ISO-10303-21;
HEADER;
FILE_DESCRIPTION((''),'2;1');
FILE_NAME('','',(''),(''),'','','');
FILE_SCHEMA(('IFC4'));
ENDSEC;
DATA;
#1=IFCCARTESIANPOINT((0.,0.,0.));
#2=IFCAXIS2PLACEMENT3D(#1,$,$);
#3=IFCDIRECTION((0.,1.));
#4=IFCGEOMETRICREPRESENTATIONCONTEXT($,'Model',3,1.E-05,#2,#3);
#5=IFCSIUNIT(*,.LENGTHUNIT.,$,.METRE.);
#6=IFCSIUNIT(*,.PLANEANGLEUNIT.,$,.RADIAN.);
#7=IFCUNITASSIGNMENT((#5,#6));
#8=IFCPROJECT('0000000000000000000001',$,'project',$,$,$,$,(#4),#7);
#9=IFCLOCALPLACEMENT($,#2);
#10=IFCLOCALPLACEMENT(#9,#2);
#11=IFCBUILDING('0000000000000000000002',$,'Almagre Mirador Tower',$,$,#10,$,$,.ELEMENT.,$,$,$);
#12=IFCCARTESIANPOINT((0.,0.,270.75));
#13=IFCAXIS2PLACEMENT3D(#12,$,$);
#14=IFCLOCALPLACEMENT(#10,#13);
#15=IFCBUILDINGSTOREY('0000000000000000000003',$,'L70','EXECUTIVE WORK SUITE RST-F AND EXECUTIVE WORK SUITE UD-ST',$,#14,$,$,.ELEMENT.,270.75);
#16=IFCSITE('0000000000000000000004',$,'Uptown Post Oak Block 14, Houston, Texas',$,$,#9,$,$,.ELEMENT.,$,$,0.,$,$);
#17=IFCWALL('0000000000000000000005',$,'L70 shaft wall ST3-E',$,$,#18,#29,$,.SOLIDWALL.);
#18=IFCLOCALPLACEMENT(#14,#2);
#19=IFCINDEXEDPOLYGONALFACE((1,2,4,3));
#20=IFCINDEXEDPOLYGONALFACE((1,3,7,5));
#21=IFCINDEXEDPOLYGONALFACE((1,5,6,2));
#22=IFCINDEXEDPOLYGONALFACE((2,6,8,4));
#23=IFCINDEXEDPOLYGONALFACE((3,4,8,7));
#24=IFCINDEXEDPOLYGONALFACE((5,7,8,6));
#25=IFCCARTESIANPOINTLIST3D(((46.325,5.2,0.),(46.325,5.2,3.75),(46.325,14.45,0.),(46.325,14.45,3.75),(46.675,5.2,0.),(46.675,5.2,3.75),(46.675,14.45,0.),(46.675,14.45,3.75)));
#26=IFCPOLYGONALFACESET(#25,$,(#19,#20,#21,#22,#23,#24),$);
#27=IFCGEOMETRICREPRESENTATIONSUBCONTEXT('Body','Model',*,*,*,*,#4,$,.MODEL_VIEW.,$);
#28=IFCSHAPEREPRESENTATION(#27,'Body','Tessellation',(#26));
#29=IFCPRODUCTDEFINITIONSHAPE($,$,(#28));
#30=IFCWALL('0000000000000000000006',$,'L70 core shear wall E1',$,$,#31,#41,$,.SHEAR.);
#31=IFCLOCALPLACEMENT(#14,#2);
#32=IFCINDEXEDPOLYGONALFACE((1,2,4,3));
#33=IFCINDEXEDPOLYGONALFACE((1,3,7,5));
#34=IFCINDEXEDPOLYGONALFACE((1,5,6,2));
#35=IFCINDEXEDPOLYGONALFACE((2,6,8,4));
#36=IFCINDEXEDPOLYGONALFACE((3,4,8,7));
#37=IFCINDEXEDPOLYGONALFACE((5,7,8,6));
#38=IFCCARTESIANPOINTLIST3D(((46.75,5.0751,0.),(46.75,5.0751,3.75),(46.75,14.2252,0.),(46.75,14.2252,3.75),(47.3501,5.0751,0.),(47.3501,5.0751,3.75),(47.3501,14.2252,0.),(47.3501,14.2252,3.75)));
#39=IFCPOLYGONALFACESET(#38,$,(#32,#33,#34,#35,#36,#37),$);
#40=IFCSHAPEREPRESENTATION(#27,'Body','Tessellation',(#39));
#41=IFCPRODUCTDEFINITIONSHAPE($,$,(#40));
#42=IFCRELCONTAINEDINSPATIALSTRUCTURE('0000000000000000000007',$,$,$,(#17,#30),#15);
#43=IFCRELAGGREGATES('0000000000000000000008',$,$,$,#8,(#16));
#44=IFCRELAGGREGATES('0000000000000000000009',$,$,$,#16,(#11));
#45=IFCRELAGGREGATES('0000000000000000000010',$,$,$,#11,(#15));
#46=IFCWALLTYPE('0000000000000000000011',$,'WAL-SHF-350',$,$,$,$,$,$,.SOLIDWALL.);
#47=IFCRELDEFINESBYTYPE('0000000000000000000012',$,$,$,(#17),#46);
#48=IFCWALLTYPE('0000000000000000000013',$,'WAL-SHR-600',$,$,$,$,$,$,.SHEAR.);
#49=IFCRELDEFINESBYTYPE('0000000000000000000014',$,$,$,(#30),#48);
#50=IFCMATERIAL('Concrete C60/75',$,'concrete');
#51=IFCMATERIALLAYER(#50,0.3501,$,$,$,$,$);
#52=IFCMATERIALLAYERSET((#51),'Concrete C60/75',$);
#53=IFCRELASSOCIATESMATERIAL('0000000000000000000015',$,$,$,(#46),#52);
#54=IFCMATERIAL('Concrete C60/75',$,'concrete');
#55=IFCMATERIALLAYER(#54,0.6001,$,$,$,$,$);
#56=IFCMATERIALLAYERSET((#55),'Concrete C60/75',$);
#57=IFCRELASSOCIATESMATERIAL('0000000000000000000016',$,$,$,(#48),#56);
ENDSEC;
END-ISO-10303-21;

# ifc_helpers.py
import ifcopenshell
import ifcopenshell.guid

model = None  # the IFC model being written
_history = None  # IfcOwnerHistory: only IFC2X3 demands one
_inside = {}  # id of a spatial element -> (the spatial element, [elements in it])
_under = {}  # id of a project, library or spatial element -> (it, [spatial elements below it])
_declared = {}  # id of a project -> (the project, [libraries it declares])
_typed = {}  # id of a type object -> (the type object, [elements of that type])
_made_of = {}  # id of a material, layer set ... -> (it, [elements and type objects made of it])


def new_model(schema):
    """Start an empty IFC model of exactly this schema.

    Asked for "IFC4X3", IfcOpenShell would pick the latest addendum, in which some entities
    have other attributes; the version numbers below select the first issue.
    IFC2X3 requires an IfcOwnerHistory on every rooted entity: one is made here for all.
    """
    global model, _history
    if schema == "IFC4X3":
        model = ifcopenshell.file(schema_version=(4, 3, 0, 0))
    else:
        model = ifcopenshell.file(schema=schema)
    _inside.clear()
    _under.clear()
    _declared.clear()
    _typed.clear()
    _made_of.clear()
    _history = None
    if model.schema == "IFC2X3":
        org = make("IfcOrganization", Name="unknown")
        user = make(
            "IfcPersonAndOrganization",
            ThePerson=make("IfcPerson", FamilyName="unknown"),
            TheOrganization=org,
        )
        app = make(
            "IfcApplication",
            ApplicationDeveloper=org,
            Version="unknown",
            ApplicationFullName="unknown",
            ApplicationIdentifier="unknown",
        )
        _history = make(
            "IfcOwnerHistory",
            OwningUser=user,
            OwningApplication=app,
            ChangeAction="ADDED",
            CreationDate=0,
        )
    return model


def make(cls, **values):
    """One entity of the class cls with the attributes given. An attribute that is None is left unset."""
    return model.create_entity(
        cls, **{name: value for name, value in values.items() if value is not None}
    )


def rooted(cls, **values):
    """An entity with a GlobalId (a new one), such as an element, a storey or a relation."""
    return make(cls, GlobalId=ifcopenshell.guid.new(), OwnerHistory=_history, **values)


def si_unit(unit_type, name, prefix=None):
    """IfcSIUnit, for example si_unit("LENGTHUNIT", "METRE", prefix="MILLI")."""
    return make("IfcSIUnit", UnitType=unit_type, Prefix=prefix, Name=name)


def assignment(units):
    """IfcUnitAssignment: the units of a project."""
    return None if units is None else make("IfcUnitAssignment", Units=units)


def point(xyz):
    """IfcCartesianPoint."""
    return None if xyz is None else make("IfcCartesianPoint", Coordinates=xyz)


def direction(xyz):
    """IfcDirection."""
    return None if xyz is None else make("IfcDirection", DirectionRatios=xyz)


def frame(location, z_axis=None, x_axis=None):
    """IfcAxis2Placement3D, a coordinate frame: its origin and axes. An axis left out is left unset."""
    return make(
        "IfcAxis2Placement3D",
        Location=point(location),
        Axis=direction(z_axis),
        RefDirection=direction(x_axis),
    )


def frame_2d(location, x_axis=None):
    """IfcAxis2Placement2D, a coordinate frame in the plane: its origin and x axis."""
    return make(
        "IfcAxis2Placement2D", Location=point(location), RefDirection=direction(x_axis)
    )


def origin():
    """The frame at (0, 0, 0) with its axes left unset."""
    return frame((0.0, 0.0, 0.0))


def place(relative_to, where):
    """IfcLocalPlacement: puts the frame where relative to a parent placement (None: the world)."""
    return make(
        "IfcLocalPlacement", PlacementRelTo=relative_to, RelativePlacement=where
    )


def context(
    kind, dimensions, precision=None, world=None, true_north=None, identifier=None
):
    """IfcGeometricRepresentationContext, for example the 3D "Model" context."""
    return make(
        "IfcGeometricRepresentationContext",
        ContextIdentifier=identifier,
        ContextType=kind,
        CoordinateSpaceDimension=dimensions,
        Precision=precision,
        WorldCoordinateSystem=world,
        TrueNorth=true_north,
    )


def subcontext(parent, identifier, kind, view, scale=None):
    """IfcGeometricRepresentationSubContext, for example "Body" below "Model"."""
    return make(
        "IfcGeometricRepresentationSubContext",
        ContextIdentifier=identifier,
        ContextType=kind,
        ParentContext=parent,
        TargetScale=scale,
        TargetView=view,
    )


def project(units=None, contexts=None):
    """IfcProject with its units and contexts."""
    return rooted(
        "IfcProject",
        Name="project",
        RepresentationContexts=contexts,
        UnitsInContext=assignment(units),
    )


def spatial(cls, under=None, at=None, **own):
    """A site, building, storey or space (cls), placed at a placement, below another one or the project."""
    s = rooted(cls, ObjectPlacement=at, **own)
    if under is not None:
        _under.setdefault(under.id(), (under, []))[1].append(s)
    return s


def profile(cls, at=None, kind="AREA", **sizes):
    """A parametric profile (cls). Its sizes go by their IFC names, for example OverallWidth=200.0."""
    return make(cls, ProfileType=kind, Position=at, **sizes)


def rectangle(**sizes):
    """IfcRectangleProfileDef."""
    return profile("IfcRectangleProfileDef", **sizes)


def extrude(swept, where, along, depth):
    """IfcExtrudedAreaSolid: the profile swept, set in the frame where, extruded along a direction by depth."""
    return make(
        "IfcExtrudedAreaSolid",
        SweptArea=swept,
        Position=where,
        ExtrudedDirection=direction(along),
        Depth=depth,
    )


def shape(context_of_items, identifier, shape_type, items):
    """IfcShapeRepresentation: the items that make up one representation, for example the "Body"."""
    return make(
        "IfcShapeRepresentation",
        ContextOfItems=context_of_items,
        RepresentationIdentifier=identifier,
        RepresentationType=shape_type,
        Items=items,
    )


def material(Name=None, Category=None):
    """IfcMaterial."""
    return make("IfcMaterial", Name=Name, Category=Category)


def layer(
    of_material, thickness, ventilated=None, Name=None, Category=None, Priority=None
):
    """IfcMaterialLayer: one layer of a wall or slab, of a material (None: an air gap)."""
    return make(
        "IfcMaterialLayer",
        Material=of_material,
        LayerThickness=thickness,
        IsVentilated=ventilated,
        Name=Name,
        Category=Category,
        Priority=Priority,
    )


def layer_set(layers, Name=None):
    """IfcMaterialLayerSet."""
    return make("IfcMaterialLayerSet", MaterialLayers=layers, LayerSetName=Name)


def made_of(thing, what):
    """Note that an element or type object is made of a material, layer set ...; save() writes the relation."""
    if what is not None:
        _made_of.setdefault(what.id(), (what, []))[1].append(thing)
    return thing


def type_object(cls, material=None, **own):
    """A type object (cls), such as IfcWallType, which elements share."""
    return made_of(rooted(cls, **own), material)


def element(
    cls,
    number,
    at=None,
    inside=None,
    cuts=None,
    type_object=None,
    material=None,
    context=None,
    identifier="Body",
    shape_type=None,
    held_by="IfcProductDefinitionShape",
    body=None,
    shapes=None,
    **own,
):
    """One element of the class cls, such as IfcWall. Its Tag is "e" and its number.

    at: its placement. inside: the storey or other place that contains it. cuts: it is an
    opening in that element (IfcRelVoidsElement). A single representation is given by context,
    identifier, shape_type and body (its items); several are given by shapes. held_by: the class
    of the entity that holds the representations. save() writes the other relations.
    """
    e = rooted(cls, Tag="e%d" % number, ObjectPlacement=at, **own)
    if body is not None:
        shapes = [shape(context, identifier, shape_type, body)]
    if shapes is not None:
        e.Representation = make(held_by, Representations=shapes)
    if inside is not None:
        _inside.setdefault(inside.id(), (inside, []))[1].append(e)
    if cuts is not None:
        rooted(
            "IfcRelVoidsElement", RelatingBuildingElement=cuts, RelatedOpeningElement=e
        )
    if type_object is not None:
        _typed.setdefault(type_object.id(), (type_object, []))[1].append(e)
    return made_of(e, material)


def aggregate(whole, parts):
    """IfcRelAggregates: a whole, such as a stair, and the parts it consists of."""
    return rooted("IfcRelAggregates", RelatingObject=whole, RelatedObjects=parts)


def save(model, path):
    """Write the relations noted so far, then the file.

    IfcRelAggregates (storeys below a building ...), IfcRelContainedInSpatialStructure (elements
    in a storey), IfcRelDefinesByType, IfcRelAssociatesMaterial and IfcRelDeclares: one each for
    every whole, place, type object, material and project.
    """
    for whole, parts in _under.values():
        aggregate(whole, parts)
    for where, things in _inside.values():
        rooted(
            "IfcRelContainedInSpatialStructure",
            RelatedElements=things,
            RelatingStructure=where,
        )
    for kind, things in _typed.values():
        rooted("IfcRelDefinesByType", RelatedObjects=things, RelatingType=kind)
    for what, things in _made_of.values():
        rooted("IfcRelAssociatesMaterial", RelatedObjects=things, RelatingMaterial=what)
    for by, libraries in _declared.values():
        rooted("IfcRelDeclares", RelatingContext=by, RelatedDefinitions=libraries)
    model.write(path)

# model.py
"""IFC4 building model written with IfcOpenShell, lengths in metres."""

from ifc_helpers import new_model, si_unit, direction, frame, frame_2d, origin, place, context, subcontext, project, spatial, rectangle, extrude, material, layer, layer_set, type_object, element, save


model = new_model("IFC4")

# Units and contexts
model_context = context("Model", 3, precision=1e-05, world=origin(), true_north=direction((0.0, 1.0)))
body_context = subcontext(model_context, "Body", "Model", "MODEL_VIEW")
ifc_project = project(units=[si_unit("LENGTHUNIT", "METRE"), si_unit("PLANEANGLEUNIT", "RADIAN")], contexts=[model_context])

# Site, building, storey
site_placement = place(None, origin())
site = spatial("IfcSite", under=ifc_project, at=site_placement, Name="Uptown Post Oak Block 14, Houston, Texas", CompositionType="ELEMENT", RefElevation=0.0)
building_placement = place(site_placement, origin())
building = spatial("IfcBuilding", under=site, at=building_placement, Name="Almagre Mirador Tower", CompositionType="ELEMENT")
storey_placement = place(building_placement, frame((0.0, 0.0, 270.75)))
storey = spatial("IfcBuildingStorey", under=building, at=storey_placement, Name="L70", Description="EXECUTIVE WORK SUITE RST-F AND EXECUTIVE WORK SUITE UD-ST", CompositionType="ELEMENT", Elevation=270.75)

# Walls
ifc_material_1 = material(Name="Concrete C60/75", Category="concrete")
ifc_layer_1 = layer(ifc_material_1, 0.3501)
ifc_layer_set_1 = layer_set([ifc_layer_1], Name="Concrete C60/75")
wall_type_1 = type_object("IfcWallType", Name="WAL-SHF-350", PredefinedType="SOLIDWALL", material=ifc_layer_set_1)
wall_1_placement = place(storey_placement, frame((46.5, 5.2, 0.0), z_axis=(0.0, 0.0, 1.0), x_axis=(0.0, 1.0, 0.0)))
element("IfcWall", 1, at=wall_1_placement, inside=storey, type_object=wall_type_1, Name="L70 shaft wall ST3-E", PredefinedType="SOLIDWALL", context=body_context, shape_type="SweptSolid", body=[
    extrude(rectangle(XDim=9.25, YDim=0.3501, at=frame_2d((4.625, 0.0))), origin(), (0.0, 0.0, 1.0), 3.75),
])
ifc_material_2 = material(Name="Concrete C60/75", Category="concrete")
ifc_layer_2 = layer(ifc_material_2, 0.6001)
ifc_layer_set_2 = layer_set([ifc_layer_2], Name="Concrete C60/75")
wall_type_2 = type_object("IfcWallType", Name="WAL-SHR-600", PredefinedType="SHEAR", material=ifc_layer_set_2)
wall_2_placement = place(storey_placement, frame((47.05, 5.075, 0.0), z_axis=(0.0, 0.0, 1.0), x_axis=(0.0, 1.0, 0.0)))
element("IfcWall", 2, at=wall_2_placement, inside=storey, type_object=wall_type_2, Name="L70 core shear wall E1", PredefinedType="SHEAR", context=body_context, shape_type="SweptSolid", body=[
    extrude(rectangle(XDim=9.1501, YDim=0.6001, at=frame_2d((4.5752, 0.0))), origin(), (0.0, 0.0, 1.0), 3.75),
])

save(model, "model.ifc")
